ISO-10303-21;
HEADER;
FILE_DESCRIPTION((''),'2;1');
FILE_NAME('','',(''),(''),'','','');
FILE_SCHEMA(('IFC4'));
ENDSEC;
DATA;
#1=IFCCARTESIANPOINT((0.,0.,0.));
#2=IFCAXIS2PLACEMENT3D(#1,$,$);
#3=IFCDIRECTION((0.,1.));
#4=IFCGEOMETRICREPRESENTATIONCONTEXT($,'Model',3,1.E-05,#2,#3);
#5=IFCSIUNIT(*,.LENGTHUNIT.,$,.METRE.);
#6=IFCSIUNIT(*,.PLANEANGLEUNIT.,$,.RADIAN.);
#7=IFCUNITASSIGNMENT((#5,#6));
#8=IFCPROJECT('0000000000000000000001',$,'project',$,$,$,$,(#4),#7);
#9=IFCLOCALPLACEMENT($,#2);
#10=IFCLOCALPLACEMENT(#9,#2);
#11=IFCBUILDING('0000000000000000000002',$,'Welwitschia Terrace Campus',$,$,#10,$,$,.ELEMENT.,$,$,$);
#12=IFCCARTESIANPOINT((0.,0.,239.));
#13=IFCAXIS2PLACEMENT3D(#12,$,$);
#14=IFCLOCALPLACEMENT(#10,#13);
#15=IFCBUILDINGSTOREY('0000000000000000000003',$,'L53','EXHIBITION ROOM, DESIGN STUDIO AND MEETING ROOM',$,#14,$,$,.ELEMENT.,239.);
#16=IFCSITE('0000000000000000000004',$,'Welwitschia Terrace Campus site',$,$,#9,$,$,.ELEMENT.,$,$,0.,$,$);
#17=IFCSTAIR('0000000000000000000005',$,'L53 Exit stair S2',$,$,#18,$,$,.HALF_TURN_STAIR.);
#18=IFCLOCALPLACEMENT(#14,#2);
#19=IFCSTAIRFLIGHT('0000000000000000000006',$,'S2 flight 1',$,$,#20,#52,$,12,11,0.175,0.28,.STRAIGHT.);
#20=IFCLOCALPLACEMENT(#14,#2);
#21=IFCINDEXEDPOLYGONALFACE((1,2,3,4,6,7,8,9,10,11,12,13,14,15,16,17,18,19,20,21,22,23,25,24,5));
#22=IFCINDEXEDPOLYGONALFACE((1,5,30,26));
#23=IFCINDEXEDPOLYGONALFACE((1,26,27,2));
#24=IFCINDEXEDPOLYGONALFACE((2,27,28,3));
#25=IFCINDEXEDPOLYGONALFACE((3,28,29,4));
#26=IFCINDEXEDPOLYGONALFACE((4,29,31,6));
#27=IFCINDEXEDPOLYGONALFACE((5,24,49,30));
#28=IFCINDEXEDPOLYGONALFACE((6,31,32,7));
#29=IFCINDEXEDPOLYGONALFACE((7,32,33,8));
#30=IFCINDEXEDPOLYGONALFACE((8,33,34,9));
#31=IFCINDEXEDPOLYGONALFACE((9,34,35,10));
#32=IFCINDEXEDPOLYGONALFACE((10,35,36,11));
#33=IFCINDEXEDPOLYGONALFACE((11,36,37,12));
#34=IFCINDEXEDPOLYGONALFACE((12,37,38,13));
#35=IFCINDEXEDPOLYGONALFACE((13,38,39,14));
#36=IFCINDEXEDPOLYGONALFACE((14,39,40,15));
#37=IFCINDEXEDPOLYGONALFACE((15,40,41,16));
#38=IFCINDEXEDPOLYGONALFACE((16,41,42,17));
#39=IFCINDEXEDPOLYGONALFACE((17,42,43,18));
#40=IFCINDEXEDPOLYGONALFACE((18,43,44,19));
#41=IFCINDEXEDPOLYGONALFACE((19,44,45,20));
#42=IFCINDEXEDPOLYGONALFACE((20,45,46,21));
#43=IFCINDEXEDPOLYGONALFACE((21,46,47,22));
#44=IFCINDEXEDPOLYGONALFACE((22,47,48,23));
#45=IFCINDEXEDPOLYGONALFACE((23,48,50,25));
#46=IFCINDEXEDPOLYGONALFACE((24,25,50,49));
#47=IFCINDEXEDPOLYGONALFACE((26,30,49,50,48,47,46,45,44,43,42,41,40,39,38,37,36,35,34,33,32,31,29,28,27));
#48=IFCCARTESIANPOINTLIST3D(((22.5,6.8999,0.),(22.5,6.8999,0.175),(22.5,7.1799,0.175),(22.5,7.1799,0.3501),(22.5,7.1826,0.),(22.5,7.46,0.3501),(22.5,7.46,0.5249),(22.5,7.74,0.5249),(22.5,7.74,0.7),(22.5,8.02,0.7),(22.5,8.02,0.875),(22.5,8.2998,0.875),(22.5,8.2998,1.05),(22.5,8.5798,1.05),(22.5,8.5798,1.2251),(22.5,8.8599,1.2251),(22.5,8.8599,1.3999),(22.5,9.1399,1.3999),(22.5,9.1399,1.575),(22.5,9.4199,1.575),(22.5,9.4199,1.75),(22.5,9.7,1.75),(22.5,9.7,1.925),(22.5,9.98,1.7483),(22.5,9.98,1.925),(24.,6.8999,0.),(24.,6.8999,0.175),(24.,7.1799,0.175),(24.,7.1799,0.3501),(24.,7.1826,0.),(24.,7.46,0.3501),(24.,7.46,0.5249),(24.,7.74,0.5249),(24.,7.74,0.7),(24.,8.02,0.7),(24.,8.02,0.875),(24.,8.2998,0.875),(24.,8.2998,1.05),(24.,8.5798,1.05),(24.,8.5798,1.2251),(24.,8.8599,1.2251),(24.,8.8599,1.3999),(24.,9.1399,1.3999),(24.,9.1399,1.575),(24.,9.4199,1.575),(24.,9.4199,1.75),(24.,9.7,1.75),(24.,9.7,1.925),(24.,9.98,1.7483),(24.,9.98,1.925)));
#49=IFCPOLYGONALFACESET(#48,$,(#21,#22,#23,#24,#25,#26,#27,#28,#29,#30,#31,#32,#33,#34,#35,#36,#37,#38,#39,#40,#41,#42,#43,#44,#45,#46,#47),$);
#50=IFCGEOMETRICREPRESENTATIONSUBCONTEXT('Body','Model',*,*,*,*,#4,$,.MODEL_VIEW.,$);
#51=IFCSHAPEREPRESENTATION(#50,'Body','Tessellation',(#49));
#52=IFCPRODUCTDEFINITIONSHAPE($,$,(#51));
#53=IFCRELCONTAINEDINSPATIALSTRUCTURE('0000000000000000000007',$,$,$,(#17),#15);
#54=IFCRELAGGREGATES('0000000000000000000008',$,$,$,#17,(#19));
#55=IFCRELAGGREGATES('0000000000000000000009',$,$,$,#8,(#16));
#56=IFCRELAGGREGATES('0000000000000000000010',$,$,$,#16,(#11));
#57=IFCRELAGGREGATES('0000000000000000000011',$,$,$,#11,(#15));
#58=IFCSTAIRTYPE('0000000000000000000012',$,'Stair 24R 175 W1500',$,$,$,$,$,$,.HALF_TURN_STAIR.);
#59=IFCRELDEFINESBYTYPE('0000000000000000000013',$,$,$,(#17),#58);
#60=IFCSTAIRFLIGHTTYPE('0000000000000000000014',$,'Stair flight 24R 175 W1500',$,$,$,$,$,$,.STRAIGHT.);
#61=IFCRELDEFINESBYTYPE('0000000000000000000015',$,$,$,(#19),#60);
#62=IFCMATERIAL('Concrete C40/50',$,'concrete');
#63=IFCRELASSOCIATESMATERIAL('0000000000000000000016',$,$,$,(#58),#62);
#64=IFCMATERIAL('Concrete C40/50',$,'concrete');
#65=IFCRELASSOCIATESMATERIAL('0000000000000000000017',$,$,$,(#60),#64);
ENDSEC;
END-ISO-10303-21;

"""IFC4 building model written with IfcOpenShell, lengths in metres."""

from ifc_helpers import new_model, si_unit, direction, frame, origin, place, context, subcontext, project, spatial, polyline, outline, extrude, material, type_object, element, aggregate, save


model = new_model("IFC4")

# Units and contexts
model_context = context("Model", 3, precision=1e-05, world=origin(), true_north=direction((0.0, 1.0)))
body_context = subcontext(model_context, "Body", "Model", "MODEL_VIEW")
ifc_project = project(units=[si_unit("LENGTHUNIT", "METRE"), si_unit("PLANEANGLEUNIT", "RADIAN")], contexts=[model_context])

# Site, building, storey
site_placement = place(None, origin())
site = spatial("IfcSite", under=ifc_project, at=site_placement, Name="Welwitschia Terrace Campus site", CompositionType="ELEMENT", RefElevation=0.0)
building_placement = place(site_placement, origin())
building = spatial("IfcBuilding", under=site, at=building_placement, Name="Welwitschia Terrace Campus", CompositionType="ELEMENT")
storey_placement = place(building_placement, frame((0.0, 0.0, 239.0)))
storey = spatial("IfcBuildingStorey", under=building, at=storey_placement, Name="L53", Description="EXHIBITION ROOM, DESIGN STUDIO AND MEETING ROOM", CompositionType="ELEMENT", Elevation=239.0)

# Stair, stair flight
ifc_material_1 = material(Name="Concrete C40/50", Category="concrete")
stair_type = type_object("IfcStairType", Name="Stair 24R 175 W1500", PredefinedType="HALF_TURN_STAIR", material=ifc_material_1)
stair_placement = place(storey_placement, origin())
stair = element("IfcStair", 1, at=stair_placement, inside=storey, type_object=stair_type, Name="L53 Exit stair S2", PredefinedType="HALF_TURN_STAIR")
ifc_material_2 = material(Name="Concrete C40/50", Category="concrete")
stair_flight_type = type_object("IfcStairFlightType", Name="Stair flight 24R 175 W1500", PredefinedType="STRAIGHT", material=ifc_material_2)
stair_flight_placement = place(storey_placement, frame((23.25, 6.8999, 0.0), z_axis=(0.0, 0.0, 1.0), x_axis=(0.0, 1.0, 0.0)))
stair_flight = element("IfcStairFlight", 2, at=stair_flight_placement, type_object=stair_flight_type, Name="S2 flight 1", NumberOfRisers=12, NumberOfTreads=11, PredefinedType="STRAIGHT", RiserHeight=0.175, TreadLength=0.28, context=body_context, shape_type="SweptSolid", body=[
    extrude(outline(polyline([(0.0, 0.0), (0.0, 0.175), (0.28, 0.175), (0.28, 0.3501), (0.5601, 0.3501), (0.5601, 0.5249), (0.8401, 0.5249), (0.8401, 0.7), (1.1201, 0.7), (1.1201, 0.875), (1.3999, 0.875), (1.3999, 1.05), (1.6799, 1.05), (1.6799, 1.2251), (1.96, 1.2251), (1.96, 1.3999), (2.24, 1.3999), (2.24, 1.575), (2.52, 1.575), (2.52, 1.75), (2.8, 1.75), (2.8, 1.925), (3.0801, 1.925), (3.0801, 2.1001), (3.0801, 1.7483), (0.2827, 0.0), (0.0, 0.0)])), frame((0.0, 0.75, 0.0), z_axis=(0.0, -1.0, 0.0), x_axis=(1.0, 0.0, 0.0)), (0.0, 0.0, 1.0), 1.5),
])
aggregate(stair, [stair_flight])

save(model, "model.ifc")
